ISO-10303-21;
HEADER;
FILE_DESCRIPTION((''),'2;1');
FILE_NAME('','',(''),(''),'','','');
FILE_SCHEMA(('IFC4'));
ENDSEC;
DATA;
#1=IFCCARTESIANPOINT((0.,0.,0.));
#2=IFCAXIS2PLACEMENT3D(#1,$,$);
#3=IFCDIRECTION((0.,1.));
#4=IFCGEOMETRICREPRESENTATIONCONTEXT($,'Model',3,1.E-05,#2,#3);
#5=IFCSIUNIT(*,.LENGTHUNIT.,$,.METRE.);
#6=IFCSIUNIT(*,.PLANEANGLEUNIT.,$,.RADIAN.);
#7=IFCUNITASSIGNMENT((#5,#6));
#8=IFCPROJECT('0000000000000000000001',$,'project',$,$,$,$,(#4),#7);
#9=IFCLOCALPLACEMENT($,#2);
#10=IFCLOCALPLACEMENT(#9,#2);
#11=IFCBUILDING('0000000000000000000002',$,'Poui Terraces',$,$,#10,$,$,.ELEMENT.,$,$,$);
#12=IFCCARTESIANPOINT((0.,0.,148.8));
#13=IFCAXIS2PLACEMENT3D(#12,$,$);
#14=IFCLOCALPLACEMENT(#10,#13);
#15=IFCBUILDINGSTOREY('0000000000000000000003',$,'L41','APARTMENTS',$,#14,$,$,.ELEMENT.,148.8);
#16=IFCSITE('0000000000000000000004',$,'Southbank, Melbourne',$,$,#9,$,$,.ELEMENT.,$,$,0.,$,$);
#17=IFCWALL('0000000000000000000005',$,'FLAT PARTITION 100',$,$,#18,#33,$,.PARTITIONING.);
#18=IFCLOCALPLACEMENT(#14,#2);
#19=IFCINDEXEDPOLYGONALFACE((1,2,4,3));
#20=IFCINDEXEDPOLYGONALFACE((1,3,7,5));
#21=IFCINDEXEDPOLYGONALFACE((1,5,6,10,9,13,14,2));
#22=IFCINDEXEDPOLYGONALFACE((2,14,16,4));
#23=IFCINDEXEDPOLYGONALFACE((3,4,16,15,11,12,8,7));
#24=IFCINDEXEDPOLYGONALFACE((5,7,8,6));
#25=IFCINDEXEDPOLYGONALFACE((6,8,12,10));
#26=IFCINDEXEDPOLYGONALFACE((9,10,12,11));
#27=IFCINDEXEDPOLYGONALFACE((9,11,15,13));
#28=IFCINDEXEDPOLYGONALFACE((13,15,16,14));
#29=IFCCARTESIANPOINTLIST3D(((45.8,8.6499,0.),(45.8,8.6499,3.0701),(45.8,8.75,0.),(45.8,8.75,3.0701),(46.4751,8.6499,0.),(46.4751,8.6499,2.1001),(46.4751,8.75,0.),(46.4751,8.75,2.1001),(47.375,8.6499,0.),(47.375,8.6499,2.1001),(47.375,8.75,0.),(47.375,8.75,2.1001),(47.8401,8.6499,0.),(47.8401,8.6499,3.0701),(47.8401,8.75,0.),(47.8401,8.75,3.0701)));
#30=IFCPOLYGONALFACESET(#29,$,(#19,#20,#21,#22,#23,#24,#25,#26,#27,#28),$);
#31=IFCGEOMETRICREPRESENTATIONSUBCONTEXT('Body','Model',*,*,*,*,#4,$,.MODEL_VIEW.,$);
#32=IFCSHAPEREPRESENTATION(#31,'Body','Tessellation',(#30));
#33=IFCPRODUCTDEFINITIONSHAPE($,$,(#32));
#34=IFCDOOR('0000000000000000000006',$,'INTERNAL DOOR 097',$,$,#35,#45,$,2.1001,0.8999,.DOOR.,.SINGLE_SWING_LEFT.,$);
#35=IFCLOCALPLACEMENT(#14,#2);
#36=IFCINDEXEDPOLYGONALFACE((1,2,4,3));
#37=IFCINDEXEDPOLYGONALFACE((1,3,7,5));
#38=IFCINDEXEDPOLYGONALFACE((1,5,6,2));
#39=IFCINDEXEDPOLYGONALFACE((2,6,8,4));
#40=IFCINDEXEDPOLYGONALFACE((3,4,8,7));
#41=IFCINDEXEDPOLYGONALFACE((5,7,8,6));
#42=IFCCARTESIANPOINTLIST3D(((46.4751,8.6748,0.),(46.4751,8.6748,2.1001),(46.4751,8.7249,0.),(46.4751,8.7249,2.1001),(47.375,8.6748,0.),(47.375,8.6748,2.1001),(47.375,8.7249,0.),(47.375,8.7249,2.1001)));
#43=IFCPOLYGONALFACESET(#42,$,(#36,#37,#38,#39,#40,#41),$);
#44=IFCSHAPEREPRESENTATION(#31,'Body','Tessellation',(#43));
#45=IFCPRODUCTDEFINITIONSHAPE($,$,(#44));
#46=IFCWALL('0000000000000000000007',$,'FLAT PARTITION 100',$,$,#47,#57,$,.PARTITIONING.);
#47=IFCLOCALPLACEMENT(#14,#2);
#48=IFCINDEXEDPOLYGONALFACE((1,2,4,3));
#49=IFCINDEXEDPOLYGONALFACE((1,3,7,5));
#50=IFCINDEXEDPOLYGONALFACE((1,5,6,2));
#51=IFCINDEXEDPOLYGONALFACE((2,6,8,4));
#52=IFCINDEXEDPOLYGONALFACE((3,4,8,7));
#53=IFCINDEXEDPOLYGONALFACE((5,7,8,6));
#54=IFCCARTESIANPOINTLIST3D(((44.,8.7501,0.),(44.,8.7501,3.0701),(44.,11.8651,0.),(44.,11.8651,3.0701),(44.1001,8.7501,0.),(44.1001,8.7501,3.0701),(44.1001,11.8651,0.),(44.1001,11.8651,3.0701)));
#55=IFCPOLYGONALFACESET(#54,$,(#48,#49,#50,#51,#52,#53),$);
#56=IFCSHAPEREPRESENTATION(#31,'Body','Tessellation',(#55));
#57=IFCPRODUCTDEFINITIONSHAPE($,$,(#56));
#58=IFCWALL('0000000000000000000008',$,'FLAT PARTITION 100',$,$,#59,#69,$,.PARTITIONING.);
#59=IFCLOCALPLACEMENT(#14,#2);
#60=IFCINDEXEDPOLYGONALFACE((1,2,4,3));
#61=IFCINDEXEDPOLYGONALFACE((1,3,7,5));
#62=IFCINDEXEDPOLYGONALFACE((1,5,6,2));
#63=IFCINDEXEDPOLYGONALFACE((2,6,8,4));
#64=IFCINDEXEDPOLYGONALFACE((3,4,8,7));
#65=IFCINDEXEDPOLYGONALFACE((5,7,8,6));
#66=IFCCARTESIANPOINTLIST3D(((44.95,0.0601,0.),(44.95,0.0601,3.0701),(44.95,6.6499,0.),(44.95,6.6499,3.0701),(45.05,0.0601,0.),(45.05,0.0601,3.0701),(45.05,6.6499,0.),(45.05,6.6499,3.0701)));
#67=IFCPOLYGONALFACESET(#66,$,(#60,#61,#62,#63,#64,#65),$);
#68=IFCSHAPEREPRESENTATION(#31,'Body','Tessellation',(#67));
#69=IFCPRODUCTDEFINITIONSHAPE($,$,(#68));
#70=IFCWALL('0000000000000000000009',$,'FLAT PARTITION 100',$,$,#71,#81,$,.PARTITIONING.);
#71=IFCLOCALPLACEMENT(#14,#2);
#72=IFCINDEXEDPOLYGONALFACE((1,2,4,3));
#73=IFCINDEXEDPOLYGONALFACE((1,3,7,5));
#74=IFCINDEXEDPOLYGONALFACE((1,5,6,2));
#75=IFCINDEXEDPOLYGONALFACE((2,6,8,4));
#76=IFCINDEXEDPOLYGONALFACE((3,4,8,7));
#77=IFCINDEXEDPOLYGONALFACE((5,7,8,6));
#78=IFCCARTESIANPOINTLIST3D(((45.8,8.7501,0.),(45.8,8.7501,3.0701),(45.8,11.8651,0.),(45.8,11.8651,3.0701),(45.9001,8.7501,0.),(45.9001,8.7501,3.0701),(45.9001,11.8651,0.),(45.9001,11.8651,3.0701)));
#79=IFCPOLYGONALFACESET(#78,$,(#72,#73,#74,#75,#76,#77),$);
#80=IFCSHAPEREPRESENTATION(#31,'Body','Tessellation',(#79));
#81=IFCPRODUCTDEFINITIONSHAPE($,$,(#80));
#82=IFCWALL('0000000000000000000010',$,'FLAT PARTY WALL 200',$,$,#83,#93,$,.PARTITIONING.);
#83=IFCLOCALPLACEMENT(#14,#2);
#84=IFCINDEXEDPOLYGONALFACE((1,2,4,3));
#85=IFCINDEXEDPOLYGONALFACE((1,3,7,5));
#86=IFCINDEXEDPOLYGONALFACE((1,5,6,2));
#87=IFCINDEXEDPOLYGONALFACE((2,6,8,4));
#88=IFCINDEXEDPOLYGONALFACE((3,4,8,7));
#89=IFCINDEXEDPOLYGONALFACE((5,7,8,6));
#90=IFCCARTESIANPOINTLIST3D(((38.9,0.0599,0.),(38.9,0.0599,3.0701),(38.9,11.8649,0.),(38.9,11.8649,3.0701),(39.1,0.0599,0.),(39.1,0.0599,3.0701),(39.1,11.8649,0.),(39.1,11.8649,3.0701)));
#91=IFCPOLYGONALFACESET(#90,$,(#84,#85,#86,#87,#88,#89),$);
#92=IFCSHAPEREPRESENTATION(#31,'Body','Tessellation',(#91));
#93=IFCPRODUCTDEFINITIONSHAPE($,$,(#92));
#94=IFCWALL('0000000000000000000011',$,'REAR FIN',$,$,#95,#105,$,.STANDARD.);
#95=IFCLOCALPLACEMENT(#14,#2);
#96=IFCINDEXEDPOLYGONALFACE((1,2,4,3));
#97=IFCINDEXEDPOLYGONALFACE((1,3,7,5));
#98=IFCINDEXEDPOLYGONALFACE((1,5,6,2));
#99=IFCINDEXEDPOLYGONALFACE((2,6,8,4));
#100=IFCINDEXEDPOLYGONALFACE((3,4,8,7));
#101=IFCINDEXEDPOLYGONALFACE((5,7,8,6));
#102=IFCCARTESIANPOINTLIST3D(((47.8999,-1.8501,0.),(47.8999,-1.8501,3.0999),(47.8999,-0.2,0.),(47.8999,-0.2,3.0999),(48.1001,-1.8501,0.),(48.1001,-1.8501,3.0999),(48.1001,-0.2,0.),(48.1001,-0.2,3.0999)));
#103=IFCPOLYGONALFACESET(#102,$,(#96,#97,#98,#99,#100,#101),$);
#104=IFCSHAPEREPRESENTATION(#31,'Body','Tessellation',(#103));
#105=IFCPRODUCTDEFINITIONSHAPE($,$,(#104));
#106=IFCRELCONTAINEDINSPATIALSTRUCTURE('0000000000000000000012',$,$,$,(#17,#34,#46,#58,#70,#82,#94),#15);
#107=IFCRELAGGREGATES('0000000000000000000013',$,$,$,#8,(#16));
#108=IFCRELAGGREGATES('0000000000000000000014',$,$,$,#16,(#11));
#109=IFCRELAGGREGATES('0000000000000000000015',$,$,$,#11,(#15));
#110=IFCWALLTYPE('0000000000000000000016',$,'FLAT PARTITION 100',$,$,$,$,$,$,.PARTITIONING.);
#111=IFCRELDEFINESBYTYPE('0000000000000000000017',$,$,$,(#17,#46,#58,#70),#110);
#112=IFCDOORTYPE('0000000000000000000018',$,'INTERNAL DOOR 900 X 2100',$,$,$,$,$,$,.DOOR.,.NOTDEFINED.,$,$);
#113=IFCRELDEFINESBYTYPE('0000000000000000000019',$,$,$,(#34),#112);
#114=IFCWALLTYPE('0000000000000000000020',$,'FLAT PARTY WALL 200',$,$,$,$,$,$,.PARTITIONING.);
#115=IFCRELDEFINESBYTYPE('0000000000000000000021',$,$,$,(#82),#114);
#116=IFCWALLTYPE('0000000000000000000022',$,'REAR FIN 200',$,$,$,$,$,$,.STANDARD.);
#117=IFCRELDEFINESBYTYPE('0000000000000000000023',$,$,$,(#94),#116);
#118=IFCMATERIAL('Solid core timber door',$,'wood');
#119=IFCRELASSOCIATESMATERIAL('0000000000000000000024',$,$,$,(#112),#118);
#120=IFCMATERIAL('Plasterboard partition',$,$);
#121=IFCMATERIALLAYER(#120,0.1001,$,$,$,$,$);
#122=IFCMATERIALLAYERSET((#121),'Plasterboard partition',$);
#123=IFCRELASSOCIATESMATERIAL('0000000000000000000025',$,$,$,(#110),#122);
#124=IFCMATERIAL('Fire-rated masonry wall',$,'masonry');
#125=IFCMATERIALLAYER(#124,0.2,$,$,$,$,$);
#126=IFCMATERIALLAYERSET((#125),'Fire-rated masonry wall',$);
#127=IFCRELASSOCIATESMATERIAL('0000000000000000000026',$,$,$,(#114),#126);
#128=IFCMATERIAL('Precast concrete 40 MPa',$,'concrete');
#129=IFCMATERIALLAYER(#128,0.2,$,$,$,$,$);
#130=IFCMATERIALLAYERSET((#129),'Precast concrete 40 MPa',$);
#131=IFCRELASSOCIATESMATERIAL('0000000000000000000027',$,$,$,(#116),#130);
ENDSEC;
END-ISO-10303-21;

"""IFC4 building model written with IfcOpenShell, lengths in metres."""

from ifc_helpers import new_model, si_unit, direction, frame, frame_2d, origin, place, context, subcontext, project, spatial, polyline, rectangle, outline, extrude, source, transform, mapped, material, layer, layer_set, type_object, element, fill, save


model = new_model("IFC4")

# Units and contexts
model_context = context("Model", 3, precision=1e-05, world=origin(), true_north=direction((0.0, 1.0)))
body_context = subcontext(model_context, "Body", "Model", "MODEL_VIEW")
ifc_project = project(units=[si_unit("LENGTHUNIT", "METRE"), si_unit("PLANEANGLEUNIT", "RADIAN")], contexts=[model_context])

# Site, building, storey
site_placement = place(None, origin())
site = spatial("IfcSite", under=ifc_project, at=site_placement, Name="Southbank, Melbourne", CompositionType="ELEMENT", RefElevation=0.0)
building_placement = place(site_placement, origin())
building = spatial("IfcBuilding", under=site, at=building_placement, Name="Poui Terraces", CompositionType="ELEMENT")
storey_placement = place(building_placement, frame((0.0, 0.0, 148.8)))
storey = spatial("IfcBuildingStorey", under=building, at=storey_placement, Name="L41", Description="APARTMENTS", CompositionType="ELEMENT", Elevation=148.8)

# Wall, opening, door
ifc_material_1 = material(Name="Solid core timber door", Category="wood")
door_type_1 = type_object("IfcDoorType", Name="INTERNAL DOOR 900 X 2100", OperationType="NOTDEFINED", PredefinedType="DOOR", material=ifc_material_1)
ifc_material_2 = material(Name="Plasterboard partition")
ifc_layer_1 = layer(ifc_material_2, 0.1001)
ifc_layer_set_1 = layer_set([ifc_layer_1], Name="Plasterboard partition")
wall_type_1 = type_object("IfcWallType", Name="FLAT PARTITION 100", PredefinedType="PARTITIONING", material=ifc_layer_set_1)
wall_1_placement = place(storey_placement, frame((45.8, 8.7, 0.0), z_axis=(0.0, 0.0, 1.0), x_axis=(1.0, 0.0, 0.0)))
wall_1 = element("IfcWall", 1, at=wall_1_placement, inside=storey, type_object=wall_type_1, Name="FLAT PARTITION 100", PredefinedType="PARTITIONING", context=body_context, shape_type="SweptSolid", body=[
    extrude(rectangle(XDim=2.04, YDim=0.1001, at=frame_2d((1.02, 0.0))), origin(), (0.0, 0.0, 1.0), 3.0701),
])
opening_1_placement = place(wall_1_placement, frame((0.675, 0.0, 0.0)))
opening_1 = element("IfcOpeningElement", 2, at=opening_1_placement, cuts=wall_1, PredefinedType="OPENING", context=body_context, shape_type="SweptSolid", body=[
    extrude(rectangle(XDim=0.8999, YDim=2.1001, at=frame_2d((0.45, 1.05))), frame((0.0, 0.0601, 0.0), z_axis=(0.0, -1.0, 0.0), x_axis=(1.0, 0.0, 0.0)), (0.0, 0.0, 1.0), 0.1201),
])
door_1_placement = place(opening_1_placement, origin())
door_1 = element("IfcDoor", 3, at=door_1_placement, inside=storey, type_object=door_type_1, Name="INTERNAL DOOR 097", OperationType="SINGLE_SWING_LEFT", OverallHeight=2.1001, OverallWidth=0.8999, PredefinedType="DOOR", context=body_context, shape_type="SweptSolid", body=[
    extrude(rectangle(XDim=0.8999, YDim=2.1001, at=frame_2d((0.45, 1.05))), frame((0.0, 0.0249, 0.0), z_axis=(0.0, -1.0, 0.0), x_axis=(1.0, 0.0, 0.0)), (0.0, 0.0, 1.0), 0.05),
])
fill(opening_1, door_1)

# Walls
wall_2_placement = place(storey_placement, frame((44.05, 8.75, 0.0), z_axis=(0.0, 0.0, 1.0), x_axis=(0.0, 1.0, 0.0)))
element("IfcWall", 4, at=wall_2_placement, inside=storey, type_object=wall_type_1, Name="FLAT PARTITION 100", PredefinedType="PARTITIONING", context=body_context, shape_type="SweptSolid", body=[
    extrude(rectangle(XDim=3.115, YDim=0.1001, at=frame_2d((1.5576, 0.0))), origin(), (0.0, 0.0, 1.0), 3.0701),
])
wall_3_placement = place(storey_placement, frame((45.0, 0.0601, 0.0), z_axis=(0.0, 0.0, 1.0), x_axis=(0.0, 1.0, 0.0)))
element("IfcWall", 5, at=wall_3_placement, inside=storey, type_object=wall_type_1, Name="FLAT PARTITION 100", PredefinedType="PARTITIONING", context=body_context, shape_type="SweptSolid", body=[
    extrude(rectangle(XDim=6.5898, YDim=0.1001, at=frame_2d((3.2949, 0.0))), origin(), (0.0, 0.0, 1.0), 3.0701),
])
wall_4_placement = place(storey_placement, frame((45.8501, 8.75, 0.0), z_axis=(0.0, 0.0, 1.0), x_axis=(0.0, 1.0, 0.0)))
element("IfcWall", 6, at=wall_4_placement, inside=storey, type_object=wall_type_1, Name="FLAT PARTITION 100", PredefinedType="PARTITIONING", context=body_context, shape_type="SweptSolid", body=[
    extrude(rectangle(XDim=3.115, YDim=0.1001, at=frame_2d((1.5576, 0.0))), origin(), (0.0, 0.0, 1.0), 3.0701),
])
ifc_material_3 = material(Name="Fire-rated masonry wall", Category="masonry")
ifc_layer_2 = layer(ifc_material_3, 0.2)
ifc_layer_set_2 = layer_set([ifc_layer_2], Name="Fire-rated masonry wall")
wall_type_2 = type_object("IfcWallType", Name="FLAT PARTY WALL 200", PredefinedType="PARTITIONING", material=ifc_layer_set_2)
wall_5_placement = place(storey_placement, frame((39.0, 0.0601, 0.0), z_axis=(0.0, 0.0, 1.0), x_axis=(0.0, 1.0, 0.0)))
element("IfcWall", 7, at=wall_5_placement, inside=storey, type_object=wall_type_2, Name="FLAT PARTY WALL 200", PredefinedType="PARTITIONING", context=body_context, shape_type="SweptSolid", body=[
    extrude(rectangle(XDim=11.8049, YDim=0.2, at=frame_2d((5.9023, 0.0))), origin(), (0.0, 0.0, 1.0), 3.0701),
])
ifc_material_4 = material(Name="Precast concrete 40 MPa", Category="concrete")
ifc_layer_3 = layer(ifc_material_4, 0.2)
ifc_layer_set_3 = layer_set([ifc_layer_3], Name="Precast concrete 40 MPa")
wall_type_3 = type_object("IfcWallType", Name="REAR FIN 200", PredefinedType="STANDARD", material=ifc_layer_set_3)
shared_shape = source(origin(), body_context, "Body", "SweptSolid", [
    extrude(outline(polyline([(0.0, 0.0), (0.2002, 0.0), (0.2002, 1.6501), (0.0, 1.6501), (0.0, 0.0)])), origin(), (0.0, 0.0, 1.0), 3.0999),
])
wall_6_placement = place(storey_placement, frame((47.8999, -1.8501, 0.0)))
element("IfcWall", 8, at=wall_6_placement, inside=storey, type_object=wall_type_3, Name="REAR FIN", PredefinedType="STANDARD", context=body_context, shape_type="MappedRepresentation", body=[
    mapped(shared_shape, transform((0.0, 0.0, 0.0))),
])

save(model, "model.ifc")
